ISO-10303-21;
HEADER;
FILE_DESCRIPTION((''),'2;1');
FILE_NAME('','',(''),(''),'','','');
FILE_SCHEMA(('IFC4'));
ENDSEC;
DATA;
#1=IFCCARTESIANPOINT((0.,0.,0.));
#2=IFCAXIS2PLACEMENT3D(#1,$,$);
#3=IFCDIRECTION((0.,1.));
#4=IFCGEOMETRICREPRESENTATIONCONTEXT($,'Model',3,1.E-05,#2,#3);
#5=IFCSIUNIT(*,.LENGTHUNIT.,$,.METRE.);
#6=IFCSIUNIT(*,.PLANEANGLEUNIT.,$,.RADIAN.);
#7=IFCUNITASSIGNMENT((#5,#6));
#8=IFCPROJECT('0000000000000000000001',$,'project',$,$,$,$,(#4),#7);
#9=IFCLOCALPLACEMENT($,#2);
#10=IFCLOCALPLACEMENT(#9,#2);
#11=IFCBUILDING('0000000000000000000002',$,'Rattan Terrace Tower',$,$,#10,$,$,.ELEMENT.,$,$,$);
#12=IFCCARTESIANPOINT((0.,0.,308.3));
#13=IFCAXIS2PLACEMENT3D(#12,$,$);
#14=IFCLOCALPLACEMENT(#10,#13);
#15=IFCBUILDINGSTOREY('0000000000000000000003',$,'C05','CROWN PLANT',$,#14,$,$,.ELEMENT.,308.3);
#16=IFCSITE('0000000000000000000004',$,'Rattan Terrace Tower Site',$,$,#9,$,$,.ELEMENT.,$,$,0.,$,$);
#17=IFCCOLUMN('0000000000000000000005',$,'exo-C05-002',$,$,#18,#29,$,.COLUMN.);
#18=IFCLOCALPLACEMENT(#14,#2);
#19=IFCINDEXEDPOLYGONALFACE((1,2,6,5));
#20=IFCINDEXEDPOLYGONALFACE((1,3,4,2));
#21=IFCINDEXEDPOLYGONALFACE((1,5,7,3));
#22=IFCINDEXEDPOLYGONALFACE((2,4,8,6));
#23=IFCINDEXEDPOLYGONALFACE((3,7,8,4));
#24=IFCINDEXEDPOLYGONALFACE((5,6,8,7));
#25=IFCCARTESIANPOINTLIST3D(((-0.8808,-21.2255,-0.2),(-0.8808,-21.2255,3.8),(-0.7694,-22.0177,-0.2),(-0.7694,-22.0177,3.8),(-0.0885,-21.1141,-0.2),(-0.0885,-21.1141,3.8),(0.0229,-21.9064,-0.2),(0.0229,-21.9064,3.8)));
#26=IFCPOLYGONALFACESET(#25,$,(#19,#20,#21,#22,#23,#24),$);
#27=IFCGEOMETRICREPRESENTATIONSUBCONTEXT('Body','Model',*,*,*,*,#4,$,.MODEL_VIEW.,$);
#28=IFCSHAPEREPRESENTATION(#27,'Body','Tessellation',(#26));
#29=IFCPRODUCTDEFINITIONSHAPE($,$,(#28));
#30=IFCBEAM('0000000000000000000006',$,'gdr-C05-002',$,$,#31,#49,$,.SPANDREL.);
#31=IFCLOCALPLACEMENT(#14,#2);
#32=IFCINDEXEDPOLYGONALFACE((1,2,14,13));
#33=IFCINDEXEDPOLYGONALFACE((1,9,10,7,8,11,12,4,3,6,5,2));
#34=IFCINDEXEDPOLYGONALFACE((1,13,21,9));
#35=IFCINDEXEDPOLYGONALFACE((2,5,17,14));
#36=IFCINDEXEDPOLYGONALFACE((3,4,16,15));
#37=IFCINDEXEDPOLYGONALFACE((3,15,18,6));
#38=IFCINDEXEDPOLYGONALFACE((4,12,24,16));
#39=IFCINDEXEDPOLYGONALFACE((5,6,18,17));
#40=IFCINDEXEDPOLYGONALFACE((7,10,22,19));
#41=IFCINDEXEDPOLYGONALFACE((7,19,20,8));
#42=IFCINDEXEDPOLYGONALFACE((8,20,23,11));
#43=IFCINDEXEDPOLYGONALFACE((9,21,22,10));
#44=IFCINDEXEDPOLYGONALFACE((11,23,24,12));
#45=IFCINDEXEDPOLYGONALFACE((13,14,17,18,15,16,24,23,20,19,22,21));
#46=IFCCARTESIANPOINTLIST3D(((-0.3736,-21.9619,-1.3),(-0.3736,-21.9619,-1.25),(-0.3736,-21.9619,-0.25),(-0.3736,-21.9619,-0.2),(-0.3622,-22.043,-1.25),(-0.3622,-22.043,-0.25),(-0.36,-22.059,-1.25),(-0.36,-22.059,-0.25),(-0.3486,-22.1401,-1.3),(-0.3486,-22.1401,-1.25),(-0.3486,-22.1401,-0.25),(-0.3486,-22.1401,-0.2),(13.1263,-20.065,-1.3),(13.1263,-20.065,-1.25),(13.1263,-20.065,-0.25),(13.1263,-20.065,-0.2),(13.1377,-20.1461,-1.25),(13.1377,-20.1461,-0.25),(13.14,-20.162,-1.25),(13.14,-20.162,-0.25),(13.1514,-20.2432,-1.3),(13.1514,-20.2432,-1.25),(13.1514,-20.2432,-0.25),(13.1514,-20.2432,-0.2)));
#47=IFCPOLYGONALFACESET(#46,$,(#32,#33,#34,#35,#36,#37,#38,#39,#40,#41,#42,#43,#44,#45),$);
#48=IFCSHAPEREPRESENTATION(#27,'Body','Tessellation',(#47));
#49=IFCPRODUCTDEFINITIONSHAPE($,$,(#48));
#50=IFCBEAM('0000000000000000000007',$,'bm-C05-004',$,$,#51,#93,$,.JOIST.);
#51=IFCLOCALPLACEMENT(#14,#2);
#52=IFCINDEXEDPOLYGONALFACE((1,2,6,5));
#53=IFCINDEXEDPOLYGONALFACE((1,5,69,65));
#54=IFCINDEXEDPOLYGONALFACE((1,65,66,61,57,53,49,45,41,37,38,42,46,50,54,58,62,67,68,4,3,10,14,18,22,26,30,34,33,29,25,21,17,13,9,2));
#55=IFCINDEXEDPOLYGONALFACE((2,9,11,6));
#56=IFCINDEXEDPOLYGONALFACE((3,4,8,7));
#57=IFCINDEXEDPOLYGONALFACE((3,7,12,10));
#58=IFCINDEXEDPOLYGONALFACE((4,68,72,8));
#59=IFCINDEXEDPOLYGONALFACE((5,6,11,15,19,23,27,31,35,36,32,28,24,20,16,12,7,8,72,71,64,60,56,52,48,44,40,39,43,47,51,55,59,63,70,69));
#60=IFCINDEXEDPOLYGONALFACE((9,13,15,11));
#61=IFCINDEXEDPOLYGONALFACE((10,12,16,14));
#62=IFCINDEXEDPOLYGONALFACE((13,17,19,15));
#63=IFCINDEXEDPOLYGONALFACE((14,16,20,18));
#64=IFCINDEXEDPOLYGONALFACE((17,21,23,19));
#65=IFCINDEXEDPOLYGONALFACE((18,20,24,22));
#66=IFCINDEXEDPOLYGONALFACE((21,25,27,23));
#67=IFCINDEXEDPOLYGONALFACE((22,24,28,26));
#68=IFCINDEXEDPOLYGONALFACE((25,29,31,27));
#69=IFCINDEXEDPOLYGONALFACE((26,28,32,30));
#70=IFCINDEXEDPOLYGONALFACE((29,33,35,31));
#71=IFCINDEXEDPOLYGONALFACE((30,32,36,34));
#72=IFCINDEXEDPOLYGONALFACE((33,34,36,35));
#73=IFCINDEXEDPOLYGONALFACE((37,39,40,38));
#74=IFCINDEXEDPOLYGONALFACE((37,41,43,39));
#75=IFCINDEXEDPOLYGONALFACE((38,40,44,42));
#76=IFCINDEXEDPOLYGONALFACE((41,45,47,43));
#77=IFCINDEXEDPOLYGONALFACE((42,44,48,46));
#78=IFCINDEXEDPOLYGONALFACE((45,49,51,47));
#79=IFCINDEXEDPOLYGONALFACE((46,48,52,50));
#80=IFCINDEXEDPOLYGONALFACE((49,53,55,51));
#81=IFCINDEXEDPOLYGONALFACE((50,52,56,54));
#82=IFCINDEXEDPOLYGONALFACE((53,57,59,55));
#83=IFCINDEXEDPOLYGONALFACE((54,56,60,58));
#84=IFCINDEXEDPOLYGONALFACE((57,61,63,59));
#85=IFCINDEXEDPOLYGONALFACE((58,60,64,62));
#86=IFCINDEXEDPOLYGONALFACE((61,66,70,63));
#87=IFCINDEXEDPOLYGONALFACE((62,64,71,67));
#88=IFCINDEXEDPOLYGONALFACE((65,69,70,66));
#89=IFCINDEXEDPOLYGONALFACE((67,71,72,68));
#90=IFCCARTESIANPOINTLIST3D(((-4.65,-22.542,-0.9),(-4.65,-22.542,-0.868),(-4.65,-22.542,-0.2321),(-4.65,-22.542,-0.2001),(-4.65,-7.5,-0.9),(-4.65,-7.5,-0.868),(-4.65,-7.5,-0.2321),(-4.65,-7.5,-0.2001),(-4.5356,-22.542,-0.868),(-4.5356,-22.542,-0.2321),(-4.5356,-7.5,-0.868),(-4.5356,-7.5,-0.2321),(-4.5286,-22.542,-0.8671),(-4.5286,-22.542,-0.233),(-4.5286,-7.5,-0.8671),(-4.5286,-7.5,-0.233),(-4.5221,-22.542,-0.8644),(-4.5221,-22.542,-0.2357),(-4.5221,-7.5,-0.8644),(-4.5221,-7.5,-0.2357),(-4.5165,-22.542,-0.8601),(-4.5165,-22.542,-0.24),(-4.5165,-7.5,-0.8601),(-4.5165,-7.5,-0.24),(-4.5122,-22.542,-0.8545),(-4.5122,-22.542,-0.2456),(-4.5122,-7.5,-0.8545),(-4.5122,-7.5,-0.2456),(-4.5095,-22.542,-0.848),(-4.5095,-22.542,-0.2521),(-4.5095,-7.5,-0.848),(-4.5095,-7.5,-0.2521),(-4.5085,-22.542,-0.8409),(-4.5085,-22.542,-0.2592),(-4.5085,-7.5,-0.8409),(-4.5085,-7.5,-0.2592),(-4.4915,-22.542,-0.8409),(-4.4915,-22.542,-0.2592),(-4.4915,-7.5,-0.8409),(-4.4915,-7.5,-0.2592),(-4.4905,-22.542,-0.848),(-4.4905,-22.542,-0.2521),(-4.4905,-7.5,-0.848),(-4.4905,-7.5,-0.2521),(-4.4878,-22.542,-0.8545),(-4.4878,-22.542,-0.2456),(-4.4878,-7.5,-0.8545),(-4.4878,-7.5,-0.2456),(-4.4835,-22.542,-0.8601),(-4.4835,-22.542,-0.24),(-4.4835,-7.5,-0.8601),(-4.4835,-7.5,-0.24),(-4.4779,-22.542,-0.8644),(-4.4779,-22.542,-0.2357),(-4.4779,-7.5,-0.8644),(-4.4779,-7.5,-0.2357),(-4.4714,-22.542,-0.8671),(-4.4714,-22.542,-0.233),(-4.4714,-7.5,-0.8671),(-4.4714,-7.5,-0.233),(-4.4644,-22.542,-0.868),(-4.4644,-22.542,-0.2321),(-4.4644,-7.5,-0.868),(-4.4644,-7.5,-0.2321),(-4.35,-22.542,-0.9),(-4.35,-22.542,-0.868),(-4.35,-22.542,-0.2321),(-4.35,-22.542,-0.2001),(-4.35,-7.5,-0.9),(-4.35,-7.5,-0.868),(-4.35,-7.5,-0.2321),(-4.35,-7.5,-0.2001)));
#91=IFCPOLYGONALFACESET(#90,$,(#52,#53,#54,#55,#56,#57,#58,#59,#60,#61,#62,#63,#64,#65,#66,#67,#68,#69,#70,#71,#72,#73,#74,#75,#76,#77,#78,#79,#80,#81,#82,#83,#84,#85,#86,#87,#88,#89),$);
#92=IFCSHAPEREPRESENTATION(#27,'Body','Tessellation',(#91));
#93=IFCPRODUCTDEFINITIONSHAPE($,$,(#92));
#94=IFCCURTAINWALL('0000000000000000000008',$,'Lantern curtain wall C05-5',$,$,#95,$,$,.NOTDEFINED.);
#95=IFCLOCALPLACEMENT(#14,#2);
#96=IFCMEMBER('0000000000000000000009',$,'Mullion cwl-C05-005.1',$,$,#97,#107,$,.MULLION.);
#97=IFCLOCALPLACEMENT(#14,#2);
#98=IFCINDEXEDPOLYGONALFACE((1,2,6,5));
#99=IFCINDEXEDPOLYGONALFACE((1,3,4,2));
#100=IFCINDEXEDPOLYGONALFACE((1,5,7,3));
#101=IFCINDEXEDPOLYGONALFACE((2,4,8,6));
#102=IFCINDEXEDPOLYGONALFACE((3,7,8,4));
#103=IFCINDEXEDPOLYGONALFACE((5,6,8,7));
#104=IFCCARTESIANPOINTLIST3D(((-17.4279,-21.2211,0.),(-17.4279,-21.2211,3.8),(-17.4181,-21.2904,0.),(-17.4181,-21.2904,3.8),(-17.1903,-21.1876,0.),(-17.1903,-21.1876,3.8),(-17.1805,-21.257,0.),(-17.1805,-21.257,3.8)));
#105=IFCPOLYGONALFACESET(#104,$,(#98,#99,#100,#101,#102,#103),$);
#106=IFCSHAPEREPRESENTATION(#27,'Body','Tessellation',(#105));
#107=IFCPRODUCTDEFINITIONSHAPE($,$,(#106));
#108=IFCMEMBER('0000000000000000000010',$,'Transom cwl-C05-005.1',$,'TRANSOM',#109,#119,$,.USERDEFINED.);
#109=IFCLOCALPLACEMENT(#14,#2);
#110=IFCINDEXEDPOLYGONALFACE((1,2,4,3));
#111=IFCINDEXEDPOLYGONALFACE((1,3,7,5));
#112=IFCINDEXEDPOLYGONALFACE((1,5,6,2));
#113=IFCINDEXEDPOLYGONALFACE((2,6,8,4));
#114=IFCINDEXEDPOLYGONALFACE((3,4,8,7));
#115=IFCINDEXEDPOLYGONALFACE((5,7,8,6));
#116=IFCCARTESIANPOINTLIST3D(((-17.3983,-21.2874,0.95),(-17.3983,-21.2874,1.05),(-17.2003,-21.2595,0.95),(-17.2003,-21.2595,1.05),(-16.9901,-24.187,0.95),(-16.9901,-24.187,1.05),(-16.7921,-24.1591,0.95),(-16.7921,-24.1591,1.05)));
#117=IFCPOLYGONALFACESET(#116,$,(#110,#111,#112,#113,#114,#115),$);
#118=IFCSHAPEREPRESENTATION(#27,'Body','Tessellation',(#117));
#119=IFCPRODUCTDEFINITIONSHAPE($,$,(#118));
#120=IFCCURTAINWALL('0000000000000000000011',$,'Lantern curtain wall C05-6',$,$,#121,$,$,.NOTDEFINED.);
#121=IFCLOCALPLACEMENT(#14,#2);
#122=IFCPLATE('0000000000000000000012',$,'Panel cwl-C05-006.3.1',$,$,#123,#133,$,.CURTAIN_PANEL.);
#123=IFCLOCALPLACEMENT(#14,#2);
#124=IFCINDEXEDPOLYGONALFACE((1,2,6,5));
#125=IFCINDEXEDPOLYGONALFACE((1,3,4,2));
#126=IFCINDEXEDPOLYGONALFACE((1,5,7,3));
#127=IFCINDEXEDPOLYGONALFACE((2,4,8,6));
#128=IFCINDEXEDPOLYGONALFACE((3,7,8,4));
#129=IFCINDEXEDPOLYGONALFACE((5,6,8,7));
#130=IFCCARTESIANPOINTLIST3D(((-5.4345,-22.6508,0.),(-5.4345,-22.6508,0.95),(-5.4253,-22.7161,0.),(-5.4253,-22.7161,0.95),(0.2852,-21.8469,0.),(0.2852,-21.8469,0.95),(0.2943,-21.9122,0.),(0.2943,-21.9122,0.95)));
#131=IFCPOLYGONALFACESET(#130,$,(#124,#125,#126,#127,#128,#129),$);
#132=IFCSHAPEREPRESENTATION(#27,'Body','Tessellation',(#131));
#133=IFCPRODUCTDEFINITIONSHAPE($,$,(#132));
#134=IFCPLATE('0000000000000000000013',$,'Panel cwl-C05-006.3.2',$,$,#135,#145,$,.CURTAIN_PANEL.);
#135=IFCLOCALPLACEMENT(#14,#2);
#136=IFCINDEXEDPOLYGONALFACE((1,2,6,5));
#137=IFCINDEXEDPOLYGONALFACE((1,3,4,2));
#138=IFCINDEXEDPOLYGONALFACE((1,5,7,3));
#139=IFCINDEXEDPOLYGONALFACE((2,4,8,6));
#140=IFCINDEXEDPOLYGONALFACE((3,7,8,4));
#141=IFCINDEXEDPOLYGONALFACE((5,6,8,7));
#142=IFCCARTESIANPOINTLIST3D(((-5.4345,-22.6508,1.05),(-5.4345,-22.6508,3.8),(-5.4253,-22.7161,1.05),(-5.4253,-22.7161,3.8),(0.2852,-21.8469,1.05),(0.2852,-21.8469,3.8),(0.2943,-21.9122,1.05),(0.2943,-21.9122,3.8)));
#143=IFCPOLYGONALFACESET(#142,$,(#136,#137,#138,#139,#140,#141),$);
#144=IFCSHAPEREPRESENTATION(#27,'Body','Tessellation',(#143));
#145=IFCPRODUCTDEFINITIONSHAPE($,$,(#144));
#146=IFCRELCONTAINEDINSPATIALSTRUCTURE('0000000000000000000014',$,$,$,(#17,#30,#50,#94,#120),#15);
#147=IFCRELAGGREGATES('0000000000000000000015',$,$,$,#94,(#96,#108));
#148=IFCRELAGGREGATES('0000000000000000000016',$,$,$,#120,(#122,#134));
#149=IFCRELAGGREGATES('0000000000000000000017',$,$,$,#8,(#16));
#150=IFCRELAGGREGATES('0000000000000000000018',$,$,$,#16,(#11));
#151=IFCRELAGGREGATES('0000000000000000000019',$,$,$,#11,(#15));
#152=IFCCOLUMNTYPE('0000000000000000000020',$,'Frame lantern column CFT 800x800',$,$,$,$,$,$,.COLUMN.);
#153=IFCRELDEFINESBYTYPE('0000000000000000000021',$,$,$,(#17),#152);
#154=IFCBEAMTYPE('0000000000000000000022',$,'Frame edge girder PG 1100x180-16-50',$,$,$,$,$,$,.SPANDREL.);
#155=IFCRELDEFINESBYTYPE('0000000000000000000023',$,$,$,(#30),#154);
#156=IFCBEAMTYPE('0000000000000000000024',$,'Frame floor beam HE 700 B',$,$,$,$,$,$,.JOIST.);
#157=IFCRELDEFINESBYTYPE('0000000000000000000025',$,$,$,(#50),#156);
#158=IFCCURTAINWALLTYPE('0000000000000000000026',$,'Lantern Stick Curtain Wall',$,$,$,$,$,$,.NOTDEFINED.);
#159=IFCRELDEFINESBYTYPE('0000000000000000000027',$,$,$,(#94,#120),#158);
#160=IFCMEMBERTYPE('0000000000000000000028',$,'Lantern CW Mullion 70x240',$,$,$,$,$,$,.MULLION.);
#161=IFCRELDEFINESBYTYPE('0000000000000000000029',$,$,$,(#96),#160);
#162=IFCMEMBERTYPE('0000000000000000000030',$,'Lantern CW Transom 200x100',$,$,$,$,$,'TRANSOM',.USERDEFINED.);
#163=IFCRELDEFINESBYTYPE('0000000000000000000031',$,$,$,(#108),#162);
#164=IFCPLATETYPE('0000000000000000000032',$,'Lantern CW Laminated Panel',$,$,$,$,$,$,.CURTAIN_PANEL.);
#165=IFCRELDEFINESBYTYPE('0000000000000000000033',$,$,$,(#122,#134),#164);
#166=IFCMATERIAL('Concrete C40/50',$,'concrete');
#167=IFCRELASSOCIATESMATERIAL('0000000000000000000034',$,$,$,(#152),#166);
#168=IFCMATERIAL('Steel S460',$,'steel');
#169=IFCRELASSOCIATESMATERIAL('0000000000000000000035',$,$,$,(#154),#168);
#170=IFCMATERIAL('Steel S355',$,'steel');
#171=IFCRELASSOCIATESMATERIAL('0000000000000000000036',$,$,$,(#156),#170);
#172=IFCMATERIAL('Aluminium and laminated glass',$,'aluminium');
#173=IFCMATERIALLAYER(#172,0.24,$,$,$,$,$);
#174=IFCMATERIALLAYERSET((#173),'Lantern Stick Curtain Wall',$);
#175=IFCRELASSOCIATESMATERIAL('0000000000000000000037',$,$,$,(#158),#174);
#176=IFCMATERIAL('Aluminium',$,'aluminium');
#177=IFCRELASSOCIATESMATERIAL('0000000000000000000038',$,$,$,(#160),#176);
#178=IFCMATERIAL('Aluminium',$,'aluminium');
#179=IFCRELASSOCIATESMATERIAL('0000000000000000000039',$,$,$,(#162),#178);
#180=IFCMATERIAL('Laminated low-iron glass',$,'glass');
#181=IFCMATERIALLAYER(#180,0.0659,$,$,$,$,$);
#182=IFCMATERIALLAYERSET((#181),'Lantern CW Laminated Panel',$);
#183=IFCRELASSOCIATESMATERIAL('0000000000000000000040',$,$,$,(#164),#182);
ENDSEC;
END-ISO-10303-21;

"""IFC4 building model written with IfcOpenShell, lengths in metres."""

from ifc_helpers import new_model, si_unit, direction, frame, origin, origin_2d, place, context, subcontext, project, spatial, rectangle, i_section, extrude, material, layer, layer_set, material_profile, profile_set, type_object, element, aggregate, save


model = new_model("IFC4")

# Units and contexts
model_context = context("Model", 3, precision=1e-05, world=origin(), true_north=direction((0.0, 1.0)))
body_context = subcontext(model_context, "Body", "Model", "MODEL_VIEW")
ifc_project = project(units=[si_unit("LENGTHUNIT", "METRE"), si_unit("PLANEANGLEUNIT", "RADIAN")], contexts=[model_context])

# Site, building, storey
site_placement = place(None, origin())
site = spatial("IfcSite", under=ifc_project, at=site_placement, Name="Rattan Terrace Tower Site", CompositionType="ELEMENT", RefElevation=0.0)
building_placement = place(site_placement, origin())
building = spatial("IfcBuilding", under=site, at=building_placement, Name="Rattan Terrace Tower", CompositionType="ELEMENT")
storey_placement = place(building_placement, frame((0.0, 0.0, 308.3)))
storey = spatial("IfcBuildingStorey", under=building, at=storey_placement, Name="C05", Description="CROWN PLANT", CompositionType="ELEMENT", Elevation=308.3)

# Column
ifc_material_1 = material(Name="Concrete C40/50", Category="concrete")
ifc_material_profile_1 = material_profile(ifc_material_1, rectangle(XDim=0.8, YDim=0.8, at=origin_2d()), Name="CFT 800x800")
ifc_profile_set_1 = profile_set([ifc_material_profile_1], Name="Concrete C40/50")
column_type = type_object("IfcColumnType", Name="Frame lantern column CFT 800x800", PredefinedType="COLUMN", material=ifc_profile_set_1)
column_placement = place(storey_placement, frame((-0.429, -21.5659, -0.2), z_axis=(0.0, 0.0, 1.0), x_axis=(0.990266, 0.13919, 0.0)))
element("IfcColumn", 1, at=column_placement, inside=storey, type_object=column_type, Name="exo-C05-002", PredefinedType="COLUMN", context=body_context, shape_type="SweptSolid", body=[
    extrude(rectangle(XDim=0.8, YDim=0.8, at=origin_2d()), origin(), (0.0, 0.0, 1.0), 4.0),
])

# Beams
ifc_material_2 = material(Name="Steel S460", Category="steel")
ifc_material_profile_2 = material_profile(ifc_material_2, i_section(OverallWidth=0.1799, OverallDepth=1.1001, WebThickness=0.0161, FlangeThickness=0.05, at=origin_2d()), Name="PG 1100x180-16-50")
ifc_profile_set_2 = profile_set([ifc_material_profile_2], Name="Steel S460")
beam_type_1 = type_object("IfcBeamType", Name="Frame edge girder PG 1100x180-16-50", PredefinedType="SPANDREL", material=ifc_profile_set_2)
beam_1_placement = place(storey_placement, frame((-0.3611, -22.051, -0.75), z_axis=(0.990271, 0.139149, 0.0), x_axis=(-0.139149, 0.990271, 0.0)))
element("IfcBeam", 2, at=beam_1_placement, inside=storey, type_object=beam_type_1, Name="gdr-C05-002", PredefinedType="SPANDREL", context=body_context, shape_type="SweptSolid", body=[
    extrude(i_section(OverallWidth=0.1799, OverallDepth=1.1001, WebThickness=0.0161, FlangeThickness=0.05, at=origin_2d()), origin(), (0.0, 0.0, 1.0), 13.6326),
])
ifc_material_3 = material(Name="Steel S355", Category="steel")
ifc_material_profile_3 = material_profile(ifc_material_3, i_section(OverallWidth=0.3, OverallDepth=0.7, WebThickness=0.0171, FlangeThickness=0.032, FilletRadius=0.0271, at=origin_2d()), Name="HE 700 B")
ifc_profile_set_3 = profile_set([ifc_material_profile_3], Name="Steel S355")
beam_type_2 = type_object("IfcBeamType", Name="Frame floor beam HE 700 B", PredefinedType="JOIST", material=ifc_profile_set_3)
beam_2_placement = place(storey_placement, frame((-4.5, -22.542, -0.55), z_axis=(0.0, 1.0, 0.0), x_axis=(-1.0, 0.0, 0.0)))
element("IfcBeam", 3, at=beam_2_placement, inside=storey, type_object=beam_type_2, Name="bm-C05-004", PredefinedType="JOIST", context=body_context, shape_type="SweptSolid", body=[
    extrude(i_section(OverallWidth=0.3, OverallDepth=0.7, WebThickness=0.0171, FlangeThickness=0.032, FilletRadius=0.0271, at=origin_2d()), origin(), (0.0, 0.0, 1.0), 15.042),
])

# Curtain wall, members
ifc_material_4 = material(Name="Aluminium and laminated glass", Category="aluminium")
ifc_layer_1 = layer(ifc_material_4, 0.24)
ifc_layer_set_1 = layer_set([ifc_layer_1], Name="Lantern Stick Curtain Wall")
curtain_wall_type = type_object("IfcCurtainWallType", Name="Lantern Stick Curtain Wall", PredefinedType="NOTDEFINED", material=ifc_layer_set_1)
curtain_wall_1_placement = place(storey_placement, origin())
curtain_wall_1 = element("IfcCurtainWall", 4, at=curtain_wall_1_placement, inside=storey, type_object=curtain_wall_type, Name="Lantern curtain wall C05-5", PredefinedType="NOTDEFINED")
ifc_material_5 = material(Name="Aluminium", Category="aluminium")
ifc_material_profile_4 = material_profile(ifc_material_5, rectangle(XDim=0.0701, YDim=0.24, at=origin_2d()), Name="Aluminium 70x240")
ifc_profile_set_4 = profile_set([ifc_material_profile_4], Name="Aluminium")
member_type_1 = type_object("IfcMemberType", Name="Lantern CW Mullion 70x240", PredefinedType="MULLION", material=ifc_profile_set_4)
member_1_placement = place(storey_placement, frame((-17.3042, -21.239, 0.0), z_axis=(0.0, 0.0, 1.0), x_axis=(0.139413, -0.990234, 0.0)))
member_1 = element("IfcMember", 5, at=member_1_placement, type_object=member_type_1, Name="Mullion cwl-C05-005.1", PredefinedType="MULLION", context=body_context, shape_type="SweptSolid", body=[
    extrude(rectangle(XDim=0.0701, YDim=0.24, at=origin_2d()), origin(), (0.0, 0.0, 1.0), 3.8),
])
ifc_material_6 = material(Name="Aluminium", Category="aluminium")
ifc_material_profile_5 = material_profile(ifc_material_6, rectangle(XDim=0.2, YDim=0.1001, at=origin_2d()), Name="Aluminium 200x100")
ifc_profile_set_5 = profile_set([ifc_material_profile_5], Name="Aluminium")
member_type_2 = type_object("IfcMemberType", Name="Lantern CW Transom 200x100", ElementType="TRANSOM", PredefinedType="USERDEFINED", material=ifc_profile_set_5)
member_2_placement = place(storey_placement, frame((-17.2993, -21.2734, 1.0), z_axis=(0.139402, -0.990236, 0.0), x_axis=(0.990236, 0.139402, 0.0)))
member_2 = element("IfcMember", 6, at=member_2_placement, type_object=member_type_2, Name="Transom cwl-C05-005.1", ObjectType="TRANSOM", PredefinedType="USERDEFINED", context=body_context, shape_type="SweptSolid", body=[
    extrude(rectangle(XDim=0.2, YDim=0.1001, at=origin_2d()), origin(), (0.0, 0.0, 1.0), 2.9282),
])
aggregate(curtain_wall_1, [member_1, member_2])

# Curtain wall, plates
curtain_wall_2_placement = place(storey_placement, origin())
curtain_wall_2 = element("IfcCurtainWall", 7, at=curtain_wall_2_placement, inside=storey, type_object=curtain_wall_type, Name="Lantern curtain wall C05-6", PredefinedType="NOTDEFINED")
ifc_material_7 = material(Name="Laminated low-iron glass", Category="glass")
ifc_layer_2 = layer(ifc_material_7, 0.0659)
ifc_layer_set_2 = layer_set([ifc_layer_2], Name="Lantern CW Laminated Panel")
plate_type = type_object("IfcPlateType", Name="Lantern CW Laminated Panel", PredefinedType="CURTAIN_PANEL", material=ifc_layer_set_2)
plate_1_placement = place(storey_placement, frame((-2.5701, -22.2815, 0.0), z_axis=(0.0, 0.0, 1.0), x_axis=(0.990267, 0.139181, 0.0)))
plate_1 = element("IfcPlate", 8, at=plate_1_placement, type_object=plate_type, Name="Panel cwl-C05-006.3.1", PredefinedType="CURTAIN_PANEL", context=body_context, shape_type="SweptSolid", body=[
    extrude(rectangle(XDim=5.7759, YDim=0.0659, at=origin_2d()), origin(), (0.0, 0.0, 1.0), 0.95),
])
plate_2_placement = place(storey_placement, frame((-2.5701, -22.2815, 1.05), z_axis=(0.0, 0.0, 1.0), x_axis=(0.990267, 0.139181, 0.0)))
plate_2 = element("IfcPlate", 9, at=plate_2_placement, type_object=plate_type, Name="Panel cwl-C05-006.3.2", PredefinedType="CURTAIN_PANEL", context=body_context, shape_type="SweptSolid", body=[
    extrude(rectangle(XDim=5.7759, YDim=0.0659, at=origin_2d()), origin(), (0.0, 0.0, 1.0), 2.75),
])
aggregate(curtain_wall_2, [plate_1, plate_2])

save(model, "model.ifc")
